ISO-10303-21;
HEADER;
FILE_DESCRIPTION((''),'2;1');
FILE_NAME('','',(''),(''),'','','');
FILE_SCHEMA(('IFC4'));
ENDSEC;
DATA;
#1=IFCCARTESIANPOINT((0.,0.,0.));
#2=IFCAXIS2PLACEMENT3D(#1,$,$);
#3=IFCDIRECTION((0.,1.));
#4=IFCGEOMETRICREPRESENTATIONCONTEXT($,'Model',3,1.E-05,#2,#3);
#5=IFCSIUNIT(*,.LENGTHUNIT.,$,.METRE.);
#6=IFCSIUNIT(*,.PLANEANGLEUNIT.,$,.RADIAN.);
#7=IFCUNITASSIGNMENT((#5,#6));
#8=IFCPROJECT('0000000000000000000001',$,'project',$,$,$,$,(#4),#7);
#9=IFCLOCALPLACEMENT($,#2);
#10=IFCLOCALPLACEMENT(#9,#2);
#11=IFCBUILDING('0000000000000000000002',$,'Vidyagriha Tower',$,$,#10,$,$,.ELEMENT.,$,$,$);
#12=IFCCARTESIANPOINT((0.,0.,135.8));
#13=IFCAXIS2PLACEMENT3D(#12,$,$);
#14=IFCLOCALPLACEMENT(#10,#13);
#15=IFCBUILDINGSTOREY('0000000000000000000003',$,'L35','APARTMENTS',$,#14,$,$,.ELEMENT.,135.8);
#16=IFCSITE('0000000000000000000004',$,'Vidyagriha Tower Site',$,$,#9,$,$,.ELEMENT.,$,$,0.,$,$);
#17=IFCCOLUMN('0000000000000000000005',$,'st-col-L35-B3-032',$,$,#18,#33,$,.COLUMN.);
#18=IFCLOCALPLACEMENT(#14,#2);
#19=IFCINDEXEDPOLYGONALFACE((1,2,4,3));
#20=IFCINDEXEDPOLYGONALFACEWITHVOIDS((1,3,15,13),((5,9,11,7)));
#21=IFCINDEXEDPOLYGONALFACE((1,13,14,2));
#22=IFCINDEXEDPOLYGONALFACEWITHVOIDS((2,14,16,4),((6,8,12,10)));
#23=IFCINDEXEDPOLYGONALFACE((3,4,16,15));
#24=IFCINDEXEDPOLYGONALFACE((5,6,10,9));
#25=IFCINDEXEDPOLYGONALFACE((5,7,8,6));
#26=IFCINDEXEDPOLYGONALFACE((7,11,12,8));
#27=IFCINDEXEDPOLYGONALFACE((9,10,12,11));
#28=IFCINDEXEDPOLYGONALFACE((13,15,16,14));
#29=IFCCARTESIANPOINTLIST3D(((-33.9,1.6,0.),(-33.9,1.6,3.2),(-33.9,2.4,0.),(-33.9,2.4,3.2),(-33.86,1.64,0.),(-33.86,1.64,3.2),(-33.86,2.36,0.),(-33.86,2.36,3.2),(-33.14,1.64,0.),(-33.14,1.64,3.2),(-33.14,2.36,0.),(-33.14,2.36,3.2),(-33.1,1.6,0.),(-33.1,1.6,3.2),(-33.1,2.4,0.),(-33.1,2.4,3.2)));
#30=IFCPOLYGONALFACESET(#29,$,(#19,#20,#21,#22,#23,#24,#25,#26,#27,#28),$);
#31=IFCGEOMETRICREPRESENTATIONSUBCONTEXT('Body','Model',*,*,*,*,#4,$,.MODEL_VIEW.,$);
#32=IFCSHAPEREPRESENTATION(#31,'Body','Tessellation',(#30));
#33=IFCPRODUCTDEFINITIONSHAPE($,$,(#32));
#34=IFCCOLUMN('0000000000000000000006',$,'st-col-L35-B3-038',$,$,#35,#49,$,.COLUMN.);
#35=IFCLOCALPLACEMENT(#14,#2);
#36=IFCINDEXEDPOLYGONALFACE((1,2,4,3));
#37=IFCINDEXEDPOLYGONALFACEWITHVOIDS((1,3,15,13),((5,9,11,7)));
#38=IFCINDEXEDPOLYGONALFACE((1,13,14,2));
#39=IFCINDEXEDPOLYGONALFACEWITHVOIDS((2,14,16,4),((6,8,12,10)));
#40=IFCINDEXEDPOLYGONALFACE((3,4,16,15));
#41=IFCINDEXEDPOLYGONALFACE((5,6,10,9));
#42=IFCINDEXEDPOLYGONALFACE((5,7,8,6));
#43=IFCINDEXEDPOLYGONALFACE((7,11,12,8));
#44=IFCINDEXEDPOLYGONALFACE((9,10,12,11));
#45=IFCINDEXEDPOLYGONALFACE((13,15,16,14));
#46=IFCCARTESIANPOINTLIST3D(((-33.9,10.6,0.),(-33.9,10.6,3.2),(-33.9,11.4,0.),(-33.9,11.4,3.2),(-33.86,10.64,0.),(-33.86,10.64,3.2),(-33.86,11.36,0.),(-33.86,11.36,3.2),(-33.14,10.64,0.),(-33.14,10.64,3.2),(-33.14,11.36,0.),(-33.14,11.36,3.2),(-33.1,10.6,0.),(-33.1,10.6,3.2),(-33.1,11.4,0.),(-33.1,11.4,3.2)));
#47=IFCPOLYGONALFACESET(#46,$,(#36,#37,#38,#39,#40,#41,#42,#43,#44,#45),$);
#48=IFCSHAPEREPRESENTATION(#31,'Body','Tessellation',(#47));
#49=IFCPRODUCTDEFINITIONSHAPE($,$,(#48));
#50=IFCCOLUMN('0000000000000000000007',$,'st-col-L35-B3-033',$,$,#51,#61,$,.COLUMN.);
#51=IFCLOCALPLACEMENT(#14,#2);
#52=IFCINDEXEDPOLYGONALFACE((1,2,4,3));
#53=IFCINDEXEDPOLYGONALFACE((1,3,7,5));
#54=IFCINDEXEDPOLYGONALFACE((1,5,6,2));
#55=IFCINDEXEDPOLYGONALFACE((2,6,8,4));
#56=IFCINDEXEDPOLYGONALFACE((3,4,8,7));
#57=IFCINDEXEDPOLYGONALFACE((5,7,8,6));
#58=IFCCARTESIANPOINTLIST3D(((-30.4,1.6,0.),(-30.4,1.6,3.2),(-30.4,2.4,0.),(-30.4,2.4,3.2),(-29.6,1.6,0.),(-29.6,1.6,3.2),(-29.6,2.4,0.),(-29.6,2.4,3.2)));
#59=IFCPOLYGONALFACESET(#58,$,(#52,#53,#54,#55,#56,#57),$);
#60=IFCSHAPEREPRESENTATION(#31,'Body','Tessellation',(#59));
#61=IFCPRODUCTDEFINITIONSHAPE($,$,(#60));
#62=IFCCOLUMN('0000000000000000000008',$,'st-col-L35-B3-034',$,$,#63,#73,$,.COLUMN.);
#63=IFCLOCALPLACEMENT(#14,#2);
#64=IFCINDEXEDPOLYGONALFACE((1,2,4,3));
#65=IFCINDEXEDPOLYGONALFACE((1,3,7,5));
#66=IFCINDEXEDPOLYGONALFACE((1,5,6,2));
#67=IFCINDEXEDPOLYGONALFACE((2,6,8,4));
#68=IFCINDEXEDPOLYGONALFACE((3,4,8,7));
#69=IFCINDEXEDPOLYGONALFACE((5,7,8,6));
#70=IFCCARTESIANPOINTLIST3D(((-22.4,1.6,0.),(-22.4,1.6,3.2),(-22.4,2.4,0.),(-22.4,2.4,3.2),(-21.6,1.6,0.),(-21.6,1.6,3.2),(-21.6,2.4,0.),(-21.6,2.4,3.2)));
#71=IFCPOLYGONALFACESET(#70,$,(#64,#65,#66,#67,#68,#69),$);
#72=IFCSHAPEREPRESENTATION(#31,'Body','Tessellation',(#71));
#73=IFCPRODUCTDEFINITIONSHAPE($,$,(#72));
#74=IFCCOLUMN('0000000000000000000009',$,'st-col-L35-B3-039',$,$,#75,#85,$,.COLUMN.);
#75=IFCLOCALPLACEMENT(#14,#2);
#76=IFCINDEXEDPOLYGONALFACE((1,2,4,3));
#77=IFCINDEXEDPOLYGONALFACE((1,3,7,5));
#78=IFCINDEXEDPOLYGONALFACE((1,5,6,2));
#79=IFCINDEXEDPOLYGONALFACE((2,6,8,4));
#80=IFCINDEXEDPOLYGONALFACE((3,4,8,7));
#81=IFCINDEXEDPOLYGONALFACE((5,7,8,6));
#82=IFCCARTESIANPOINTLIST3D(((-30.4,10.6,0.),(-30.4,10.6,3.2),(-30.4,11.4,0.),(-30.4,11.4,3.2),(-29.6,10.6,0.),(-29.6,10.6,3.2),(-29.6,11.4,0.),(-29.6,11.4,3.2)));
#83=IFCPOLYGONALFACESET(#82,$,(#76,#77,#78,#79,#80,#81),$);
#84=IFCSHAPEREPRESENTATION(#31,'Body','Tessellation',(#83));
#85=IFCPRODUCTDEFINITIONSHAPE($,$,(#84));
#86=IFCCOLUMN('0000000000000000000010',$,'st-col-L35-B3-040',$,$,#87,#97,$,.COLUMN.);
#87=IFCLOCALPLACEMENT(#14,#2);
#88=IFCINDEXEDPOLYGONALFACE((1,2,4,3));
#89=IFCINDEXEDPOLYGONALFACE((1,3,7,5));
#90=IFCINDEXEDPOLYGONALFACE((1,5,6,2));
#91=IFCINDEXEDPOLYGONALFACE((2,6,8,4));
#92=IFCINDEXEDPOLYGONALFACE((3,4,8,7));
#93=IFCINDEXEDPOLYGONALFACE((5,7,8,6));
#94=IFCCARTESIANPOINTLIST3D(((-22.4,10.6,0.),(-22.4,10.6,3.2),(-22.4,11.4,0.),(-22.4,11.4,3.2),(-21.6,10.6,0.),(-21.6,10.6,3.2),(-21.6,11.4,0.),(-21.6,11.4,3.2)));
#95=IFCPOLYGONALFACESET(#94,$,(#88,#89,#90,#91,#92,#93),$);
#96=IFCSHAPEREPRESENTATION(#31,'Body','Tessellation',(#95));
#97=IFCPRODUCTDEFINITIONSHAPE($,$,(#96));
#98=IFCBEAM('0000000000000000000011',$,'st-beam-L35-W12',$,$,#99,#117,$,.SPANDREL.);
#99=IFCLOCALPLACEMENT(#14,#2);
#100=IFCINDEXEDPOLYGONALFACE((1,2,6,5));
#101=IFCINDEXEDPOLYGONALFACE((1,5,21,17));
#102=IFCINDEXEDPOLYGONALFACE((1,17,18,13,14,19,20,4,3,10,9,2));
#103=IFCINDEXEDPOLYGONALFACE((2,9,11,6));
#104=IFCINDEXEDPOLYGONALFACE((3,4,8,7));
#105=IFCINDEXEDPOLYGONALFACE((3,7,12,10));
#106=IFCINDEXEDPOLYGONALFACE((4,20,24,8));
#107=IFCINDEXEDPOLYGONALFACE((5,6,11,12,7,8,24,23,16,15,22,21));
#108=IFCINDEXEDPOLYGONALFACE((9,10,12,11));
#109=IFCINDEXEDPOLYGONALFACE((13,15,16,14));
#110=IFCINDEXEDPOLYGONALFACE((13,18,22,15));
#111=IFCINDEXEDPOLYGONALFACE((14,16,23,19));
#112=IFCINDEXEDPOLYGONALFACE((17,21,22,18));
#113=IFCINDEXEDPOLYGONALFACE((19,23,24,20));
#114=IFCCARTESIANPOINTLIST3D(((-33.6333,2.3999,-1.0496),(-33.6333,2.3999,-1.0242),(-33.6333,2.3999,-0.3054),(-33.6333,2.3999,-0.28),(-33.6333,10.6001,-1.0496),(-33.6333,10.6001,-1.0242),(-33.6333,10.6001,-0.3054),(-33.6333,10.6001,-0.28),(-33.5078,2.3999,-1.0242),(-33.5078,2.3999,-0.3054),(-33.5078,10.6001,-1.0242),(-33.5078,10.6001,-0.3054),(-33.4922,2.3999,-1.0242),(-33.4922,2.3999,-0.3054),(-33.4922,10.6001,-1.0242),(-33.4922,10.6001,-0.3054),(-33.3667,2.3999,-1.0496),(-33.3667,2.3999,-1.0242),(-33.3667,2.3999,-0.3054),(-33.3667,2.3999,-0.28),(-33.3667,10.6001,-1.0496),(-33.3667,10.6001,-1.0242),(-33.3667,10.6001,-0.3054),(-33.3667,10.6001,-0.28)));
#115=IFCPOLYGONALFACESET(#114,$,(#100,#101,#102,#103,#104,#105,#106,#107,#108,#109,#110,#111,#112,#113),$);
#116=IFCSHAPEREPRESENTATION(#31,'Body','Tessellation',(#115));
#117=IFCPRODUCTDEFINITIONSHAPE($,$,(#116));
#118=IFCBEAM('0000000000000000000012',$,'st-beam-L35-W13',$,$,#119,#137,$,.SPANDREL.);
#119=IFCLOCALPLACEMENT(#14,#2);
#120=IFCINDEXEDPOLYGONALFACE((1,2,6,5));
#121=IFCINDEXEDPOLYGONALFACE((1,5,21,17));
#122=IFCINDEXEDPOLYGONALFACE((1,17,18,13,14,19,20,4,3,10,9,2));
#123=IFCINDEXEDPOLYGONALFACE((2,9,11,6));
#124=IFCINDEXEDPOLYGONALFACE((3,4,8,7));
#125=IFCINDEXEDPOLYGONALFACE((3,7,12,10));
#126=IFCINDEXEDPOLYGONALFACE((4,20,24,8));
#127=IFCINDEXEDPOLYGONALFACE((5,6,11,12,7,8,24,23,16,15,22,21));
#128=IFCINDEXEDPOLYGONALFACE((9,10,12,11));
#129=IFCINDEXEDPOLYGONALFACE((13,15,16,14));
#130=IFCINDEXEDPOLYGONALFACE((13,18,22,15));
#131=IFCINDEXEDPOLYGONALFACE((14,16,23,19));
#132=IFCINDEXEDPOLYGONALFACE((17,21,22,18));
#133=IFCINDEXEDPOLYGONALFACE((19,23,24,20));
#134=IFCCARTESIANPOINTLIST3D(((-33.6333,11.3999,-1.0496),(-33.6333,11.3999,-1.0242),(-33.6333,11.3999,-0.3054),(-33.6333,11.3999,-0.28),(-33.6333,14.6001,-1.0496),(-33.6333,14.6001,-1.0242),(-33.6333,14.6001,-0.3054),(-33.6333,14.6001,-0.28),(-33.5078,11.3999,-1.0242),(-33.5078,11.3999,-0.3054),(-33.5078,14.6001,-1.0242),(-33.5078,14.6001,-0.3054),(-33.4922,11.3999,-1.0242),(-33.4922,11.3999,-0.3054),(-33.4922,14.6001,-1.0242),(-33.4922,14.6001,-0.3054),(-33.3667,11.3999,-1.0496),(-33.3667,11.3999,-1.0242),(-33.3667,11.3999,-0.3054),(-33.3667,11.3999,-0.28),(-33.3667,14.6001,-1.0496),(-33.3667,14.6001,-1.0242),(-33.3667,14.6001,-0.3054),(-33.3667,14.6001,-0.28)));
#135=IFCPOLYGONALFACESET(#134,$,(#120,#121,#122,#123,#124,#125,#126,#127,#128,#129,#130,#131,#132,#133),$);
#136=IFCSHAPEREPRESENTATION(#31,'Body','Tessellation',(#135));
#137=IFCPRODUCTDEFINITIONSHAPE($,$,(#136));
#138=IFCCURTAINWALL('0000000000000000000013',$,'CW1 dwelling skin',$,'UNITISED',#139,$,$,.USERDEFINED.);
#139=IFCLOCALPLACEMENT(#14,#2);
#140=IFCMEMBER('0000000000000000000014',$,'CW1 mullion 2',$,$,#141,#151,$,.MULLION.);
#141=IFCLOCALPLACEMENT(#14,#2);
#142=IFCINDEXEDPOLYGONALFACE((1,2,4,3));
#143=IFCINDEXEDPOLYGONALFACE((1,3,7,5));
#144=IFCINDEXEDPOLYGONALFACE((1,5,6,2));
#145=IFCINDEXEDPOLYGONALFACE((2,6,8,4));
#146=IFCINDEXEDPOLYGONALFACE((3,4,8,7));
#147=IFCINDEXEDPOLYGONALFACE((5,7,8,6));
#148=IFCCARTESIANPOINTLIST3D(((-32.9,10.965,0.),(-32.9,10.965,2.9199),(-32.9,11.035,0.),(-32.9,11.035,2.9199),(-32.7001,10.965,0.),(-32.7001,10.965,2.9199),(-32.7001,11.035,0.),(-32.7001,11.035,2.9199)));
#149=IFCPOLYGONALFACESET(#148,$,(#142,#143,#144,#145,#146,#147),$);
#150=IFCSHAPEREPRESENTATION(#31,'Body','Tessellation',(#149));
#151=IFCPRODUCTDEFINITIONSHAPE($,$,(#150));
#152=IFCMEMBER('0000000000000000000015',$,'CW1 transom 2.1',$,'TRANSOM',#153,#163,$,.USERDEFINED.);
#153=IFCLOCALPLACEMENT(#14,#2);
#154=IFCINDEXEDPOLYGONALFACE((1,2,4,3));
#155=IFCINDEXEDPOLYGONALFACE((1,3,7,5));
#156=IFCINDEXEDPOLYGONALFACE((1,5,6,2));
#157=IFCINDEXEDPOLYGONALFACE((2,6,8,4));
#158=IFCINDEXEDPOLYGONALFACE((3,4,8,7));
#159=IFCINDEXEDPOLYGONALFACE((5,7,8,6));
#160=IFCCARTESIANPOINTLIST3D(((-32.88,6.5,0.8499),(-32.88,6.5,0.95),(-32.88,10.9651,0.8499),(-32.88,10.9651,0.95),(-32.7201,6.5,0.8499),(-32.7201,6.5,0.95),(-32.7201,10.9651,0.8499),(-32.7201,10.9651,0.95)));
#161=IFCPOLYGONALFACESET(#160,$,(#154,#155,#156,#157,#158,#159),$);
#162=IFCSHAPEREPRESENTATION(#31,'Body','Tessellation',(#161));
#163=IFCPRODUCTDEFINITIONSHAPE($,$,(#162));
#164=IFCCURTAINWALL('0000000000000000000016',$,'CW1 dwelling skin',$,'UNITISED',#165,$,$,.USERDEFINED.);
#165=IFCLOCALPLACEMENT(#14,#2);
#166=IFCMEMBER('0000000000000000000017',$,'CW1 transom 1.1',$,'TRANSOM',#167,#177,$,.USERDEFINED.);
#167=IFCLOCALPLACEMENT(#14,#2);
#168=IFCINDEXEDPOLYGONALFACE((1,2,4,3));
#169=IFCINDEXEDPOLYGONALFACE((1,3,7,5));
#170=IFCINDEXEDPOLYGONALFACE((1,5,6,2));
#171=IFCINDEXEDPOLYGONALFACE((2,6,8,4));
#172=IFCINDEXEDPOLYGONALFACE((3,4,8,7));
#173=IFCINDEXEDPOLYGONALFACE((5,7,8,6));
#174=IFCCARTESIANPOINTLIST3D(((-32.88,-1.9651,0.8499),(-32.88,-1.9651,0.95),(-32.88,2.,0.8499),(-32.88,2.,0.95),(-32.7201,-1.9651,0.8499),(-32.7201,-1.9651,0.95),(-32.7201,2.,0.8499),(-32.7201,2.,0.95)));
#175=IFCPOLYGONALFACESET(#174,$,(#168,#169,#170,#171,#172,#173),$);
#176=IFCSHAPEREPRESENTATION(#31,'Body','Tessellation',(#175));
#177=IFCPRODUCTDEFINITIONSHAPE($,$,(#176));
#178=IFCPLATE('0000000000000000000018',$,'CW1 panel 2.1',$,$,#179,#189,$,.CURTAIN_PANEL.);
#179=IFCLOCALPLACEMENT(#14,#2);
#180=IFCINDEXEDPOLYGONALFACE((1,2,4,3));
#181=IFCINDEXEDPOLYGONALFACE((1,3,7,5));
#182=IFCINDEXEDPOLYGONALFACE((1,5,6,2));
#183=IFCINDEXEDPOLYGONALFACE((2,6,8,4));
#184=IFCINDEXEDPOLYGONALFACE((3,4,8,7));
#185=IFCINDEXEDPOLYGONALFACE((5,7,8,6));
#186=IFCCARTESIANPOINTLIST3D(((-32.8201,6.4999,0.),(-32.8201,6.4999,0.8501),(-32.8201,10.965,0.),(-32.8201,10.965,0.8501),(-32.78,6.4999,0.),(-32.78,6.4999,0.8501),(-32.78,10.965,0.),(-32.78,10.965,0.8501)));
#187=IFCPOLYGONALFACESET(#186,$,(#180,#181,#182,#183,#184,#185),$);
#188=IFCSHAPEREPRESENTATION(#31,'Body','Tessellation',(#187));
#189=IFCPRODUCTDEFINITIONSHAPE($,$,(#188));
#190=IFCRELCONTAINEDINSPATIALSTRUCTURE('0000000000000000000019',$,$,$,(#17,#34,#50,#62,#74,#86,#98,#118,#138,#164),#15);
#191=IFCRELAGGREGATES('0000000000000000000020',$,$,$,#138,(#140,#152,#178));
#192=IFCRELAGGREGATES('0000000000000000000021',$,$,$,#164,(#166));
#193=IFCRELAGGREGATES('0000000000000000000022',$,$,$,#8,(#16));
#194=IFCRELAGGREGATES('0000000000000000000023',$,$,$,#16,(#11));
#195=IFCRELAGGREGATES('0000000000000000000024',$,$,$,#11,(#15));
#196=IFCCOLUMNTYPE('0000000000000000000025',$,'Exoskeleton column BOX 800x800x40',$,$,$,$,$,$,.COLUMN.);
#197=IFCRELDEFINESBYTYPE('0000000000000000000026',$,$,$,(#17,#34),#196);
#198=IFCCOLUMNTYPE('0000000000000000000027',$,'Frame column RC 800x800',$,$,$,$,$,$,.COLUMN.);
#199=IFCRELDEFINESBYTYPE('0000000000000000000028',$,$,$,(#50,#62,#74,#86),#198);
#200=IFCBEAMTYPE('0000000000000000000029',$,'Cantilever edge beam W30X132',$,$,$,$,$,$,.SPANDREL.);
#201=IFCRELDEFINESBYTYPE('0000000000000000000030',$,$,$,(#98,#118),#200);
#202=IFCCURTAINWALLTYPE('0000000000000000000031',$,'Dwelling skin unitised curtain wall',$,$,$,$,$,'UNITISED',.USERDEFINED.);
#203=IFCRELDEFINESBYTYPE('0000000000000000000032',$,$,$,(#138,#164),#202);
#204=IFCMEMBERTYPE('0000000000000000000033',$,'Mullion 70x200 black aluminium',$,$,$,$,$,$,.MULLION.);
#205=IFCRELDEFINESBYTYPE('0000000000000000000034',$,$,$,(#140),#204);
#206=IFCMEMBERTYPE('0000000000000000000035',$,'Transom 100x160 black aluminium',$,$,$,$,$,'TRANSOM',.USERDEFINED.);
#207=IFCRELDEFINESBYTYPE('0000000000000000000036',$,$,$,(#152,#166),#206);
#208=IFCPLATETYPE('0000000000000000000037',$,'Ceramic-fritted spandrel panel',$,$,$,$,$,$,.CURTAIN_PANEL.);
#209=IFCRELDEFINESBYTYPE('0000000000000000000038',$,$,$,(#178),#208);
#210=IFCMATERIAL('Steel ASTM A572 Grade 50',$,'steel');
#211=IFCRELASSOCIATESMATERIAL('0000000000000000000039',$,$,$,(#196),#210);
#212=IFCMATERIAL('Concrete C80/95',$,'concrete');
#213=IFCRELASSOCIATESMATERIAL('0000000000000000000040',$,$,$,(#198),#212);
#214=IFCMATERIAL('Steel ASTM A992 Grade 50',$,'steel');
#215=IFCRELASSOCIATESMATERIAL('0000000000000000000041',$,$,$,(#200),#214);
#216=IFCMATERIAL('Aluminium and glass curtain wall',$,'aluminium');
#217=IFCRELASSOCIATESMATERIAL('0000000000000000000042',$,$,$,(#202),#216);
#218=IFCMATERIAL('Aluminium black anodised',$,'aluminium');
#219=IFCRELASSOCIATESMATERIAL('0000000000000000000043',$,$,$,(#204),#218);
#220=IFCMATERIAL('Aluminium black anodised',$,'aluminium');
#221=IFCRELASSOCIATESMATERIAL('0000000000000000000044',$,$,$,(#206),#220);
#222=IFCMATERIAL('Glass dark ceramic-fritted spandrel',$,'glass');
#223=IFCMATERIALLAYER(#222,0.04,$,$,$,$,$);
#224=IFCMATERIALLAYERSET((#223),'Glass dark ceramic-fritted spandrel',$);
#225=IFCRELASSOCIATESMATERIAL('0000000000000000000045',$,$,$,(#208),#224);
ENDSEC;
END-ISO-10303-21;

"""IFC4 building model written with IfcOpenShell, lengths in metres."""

from ifc_helpers import new_model, si_unit, direction, frame, origin, origin_2d, place, context, subcontext, project, spatial, rectangle, hollow_rectangle, i_section, extrude, material, layer, layer_set, material_profile, profile_set, type_object, element, aggregate, save


model = new_model("IFC4")

# Units and contexts
model_context = context("Model", 3, precision=1e-05, world=origin(), true_north=direction((0.0, 1.0)))
body_context = subcontext(model_context, "Body", "Model", "MODEL_VIEW")
ifc_project = project(units=[si_unit("LENGTHUNIT", "METRE"), si_unit("PLANEANGLEUNIT", "RADIAN")], contexts=[model_context])

# Site, building, storey
site_placement = place(None, origin())
site = spatial("IfcSite", under=ifc_project, at=site_placement, Name="Vidyagriha Tower Site", CompositionType="ELEMENT", RefElevation=0.0)
building_placement = place(site_placement, origin())
building = spatial("IfcBuilding", under=site, at=building_placement, Name="Vidyagriha Tower", CompositionType="ELEMENT")
storey_placement = place(building_placement, frame((0.0, 0.0, 135.8)))
storey = spatial("IfcBuildingStorey", under=building, at=storey_placement, Name="L35", Description="APARTMENTS", CompositionType="ELEMENT", Elevation=135.8)

# Columns
ifc_material_1 = material(Name="Steel ASTM A572 Grade 50", Category="steel")
ifc_material_profile_1 = material_profile(ifc_material_1, hollow_rectangle(XDim=0.8, YDim=0.8, WallThickness=0.04, at=origin_2d()), Name="BOX 800x800x40")
ifc_profile_set_1 = profile_set([ifc_material_profile_1], Name="Steel ASTM A572 Grade 50")
column_type_1 = type_object("IfcColumnType", Name="Exoskeleton column BOX 800x800x40", PredefinedType="COLUMN", material=ifc_profile_set_1)
for number, where, name in (
    (1, (-33.5, 2.0, 0.0), "st-col-L35-B3-032"),
    (2, (-33.5, 11.0, 0.0), "st-col-L35-B3-038"),
):
    element("IfcColumn", number, at=place(storey_placement, frame(where)), inside=storey, type_object=column_type_1, Name=name, PredefinedType="COLUMN", context=body_context, shape_type="SweptSolid", body=[
        extrude(hollow_rectangle(XDim=0.8, YDim=0.8, WallThickness=0.04, at=origin_2d()), origin(), (0.0, 0.0, 1.0), 3.2),
    ])
ifc_material_2 = material(Name="Concrete C80/95", Category="concrete")
ifc_material_profile_2 = material_profile(ifc_material_2, rectangle(XDim=0.8, YDim=0.8, at=origin_2d()), Name="RC 800x800")
ifc_profile_set_2 = profile_set([ifc_material_profile_2], Name="Concrete C80/95")
column_type_2 = type_object("IfcColumnType", Name="Frame column RC 800x800", PredefinedType="COLUMN", material=ifc_profile_set_2)
for number, where, name in (
    (3, (-30.0, 2.0, 0.0), "st-col-L35-B3-033"),
    (4, (-22.0, 2.0, 0.0), "st-col-L35-B3-034"),
    (5, (-30.0, 11.0, 0.0), "st-col-L35-B3-039"),
    (6, (-22.0, 11.0, 0.0), "st-col-L35-B3-040"),
):
    element("IfcColumn", number, at=place(storey_placement, frame(where)), inside=storey, type_object=column_type_2, Name=name, PredefinedType="COLUMN", context=body_context, shape_type="SweptSolid", body=[
        extrude(rectangle(XDim=0.8, YDim=0.8, at=origin_2d()), origin(), (0.0, 0.0, 1.0), 3.2),
    ])

# Beams
ifc_material_3 = material(Name="Steel ASTM A992 Grade 50", Category="steel")
ifc_material_profile_3 = material_profile(ifc_material_3, i_section(OverallWidth=0.2666, OverallDepth=0.7695, WebThickness=0.0156, FlangeThickness=0.0254, at=origin_2d()), Name="W30X132")
ifc_profile_set_3 = profile_set([ifc_material_profile_3], Name="Steel ASTM A992 Grade 50")
beam_type = type_object("IfcBeamType", Name="Cantilever edge beam W30X132", PredefinedType="SPANDREL", material=ifc_profile_set_3)
beam_1_placement = place(storey_placement, frame((-33.5, 2.3999, -0.6648), z_axis=(0.0, 1.0, 0.0), x_axis=(-1.0, 0.0, 0.0)))
element("IfcBeam", 7, at=beam_1_placement, inside=storey, type_object=beam_type, Name="st-beam-L35-W12", PredefinedType="SPANDREL", context=body_context, shape_type="SweptSolid", body=[
    extrude(i_section(OverallWidth=0.2666, OverallDepth=0.7695, WebThickness=0.0156, FlangeThickness=0.0254, at=origin_2d()), origin(), (0.0, 0.0, 1.0), 8.2002),
])
beam_2_placement = place(storey_placement, frame((-33.5, 11.3999, -0.6648), z_axis=(0.0, 1.0, 0.0), x_axis=(-1.0, 0.0, 0.0)))
element("IfcBeam", 8, at=beam_2_placement, inside=storey, type_object=beam_type, Name="st-beam-L35-W13", PredefinedType="SPANDREL", context=body_context, shape_type="SweptSolid", body=[
    extrude(i_section(OverallWidth=0.2666, OverallDepth=0.7695, WebThickness=0.0156, FlangeThickness=0.0254, at=origin_2d()), origin(), (0.0, 0.0, 1.0), 3.2002),
])

# Curtain wall, members
ifc_material_4 = material(Name="Aluminium and glass curtain wall", Category="aluminium")
curtain_wall_type = type_object("IfcCurtainWallType", Name="Dwelling skin unitised curtain wall", ElementType="UNITISED", PredefinedType="USERDEFINED", material=ifc_material_4)
curtain_wall_1_placement = place(storey_placement, origin())
curtain_wall_1 = element("IfcCurtainWall", 9, at=curtain_wall_1_placement, inside=storey, type_object=curtain_wall_type, Name="CW1 dwelling skin", ObjectType="UNITISED", PredefinedType="USERDEFINED")
ifc_material_5 = material(Name="Aluminium black anodised", Category="aluminium")
ifc_material_profile_4 = material_profile(ifc_material_5, rectangle(XDim=0.2, YDim=0.0701, at=origin_2d()), Name="Mullion 70x200 black aluminium")
ifc_profile_set_4 = profile_set([ifc_material_profile_4], Name="Aluminium black anodised")
member_type_1 = type_object("IfcMemberType", Name="Mullion 70x200 black aluminium", PredefinedType="MULLION", material=ifc_profile_set_4)
member_1_placement = place(storey_placement, frame((-32.8, 11.0, 0.0)))
member_1 = element("IfcMember", 10, at=member_1_placement, type_object=member_type_1, Name="CW1 mullion 2", PredefinedType="MULLION", context=body_context, shape_type="SweptSolid", body=[
    extrude(rectangle(XDim=0.2, YDim=0.0701, at=origin_2d()), origin(), (0.0, 0.0, 1.0), 2.9199),
])
ifc_material_6 = material(Name="Aluminium black anodised", Category="aluminium")
ifc_material_profile_5 = material_profile(ifc_material_6, rectangle(XDim=0.1599, YDim=0.1001, at=origin_2d()), Name="Transom 100x160 black aluminium")
ifc_profile_set_5 = profile_set([ifc_material_profile_5], Name="Aluminium black anodised")
member_type_2 = type_object("IfcMemberType", Name="Transom 100x160 black aluminium", ElementType="TRANSOM", PredefinedType="USERDEFINED", material=ifc_profile_set_5)
member_2_placement = place(storey_placement, frame((-32.8, 10.9651, 0.8999), z_axis=(0.0, -1.0, 0.0), x_axis=(1.0, 0.0, 0.0)))
member_2 = element("IfcMember", 11, at=member_2_placement, type_object=member_type_2, Name="CW1 transom 2.1", ObjectType="TRANSOM", PredefinedType="USERDEFINED", context=body_context, shape_type="SweptSolid", body=[
    extrude(rectangle(XDim=0.1599, YDim=0.1001, at=origin_2d()), origin(), (0.0, 0.0, 1.0), 4.4651),
])

# Curtain wall, member
curtain_wall_2_placement = place(storey_placement, origin())
curtain_wall_2 = element("IfcCurtainWall", 12, at=curtain_wall_2_placement, inside=storey, type_object=curtain_wall_type, Name="CW1 dwelling skin", ObjectType="UNITISED", PredefinedType="USERDEFINED")
member_3_placement = place(storey_placement, frame((-32.8, 2.0, 0.8999), z_axis=(0.0, -1.0, 0.0), x_axis=(1.0, 0.0, 0.0)))
member_3 = element("IfcMember", 13, at=member_3_placement, type_object=member_type_2, Name="CW1 transom 1.1", ObjectType="TRANSOM", PredefinedType="USERDEFINED", context=body_context, shape_type="SweptSolid", body=[
    extrude(rectangle(XDim=0.1599, YDim=0.1001, at=origin_2d()), origin(), (0.0, 0.0, 1.0), 3.9651),
])

# Plate
ifc_material_7 = material(Name="Glass dark ceramic-fritted spandrel", Category="glass")
ifc_layer_1 = layer(ifc_material_7, 0.04)
ifc_layer_set_1 = layer_set([ifc_layer_1], Name="Glass dark ceramic-fritted spandrel")
plate_type_1 = type_object("IfcPlateType", Name="Ceramic-fritted spandrel panel", PredefinedType="CURTAIN_PANEL", material=ifc_layer_set_1)
plate_1_placement = place(storey_placement, frame((-32.8, 8.7324, 0.0), z_axis=(0.0, 0.0, 1.0), x_axis=(0.0, -1.0, 0.0)))
plate_1 = element("IfcPlate", 14, at=plate_1_placement, type_object=plate_type_1, Name="CW1 panel 2.1", PredefinedType="CURTAIN_PANEL", context=body_context, shape_type="SweptSolid", body=[
    extrude(rectangle(XDim=4.4651, YDim=0.04, at=origin_2d()), origin(), (0.0, 0.0, 1.0), 0.8501),
])
aggregate(curtain_wall_1, [member_1, member_2, plate_1])
aggregate(curtain_wall_2, [member_3])

save(model, "model.ifc")
